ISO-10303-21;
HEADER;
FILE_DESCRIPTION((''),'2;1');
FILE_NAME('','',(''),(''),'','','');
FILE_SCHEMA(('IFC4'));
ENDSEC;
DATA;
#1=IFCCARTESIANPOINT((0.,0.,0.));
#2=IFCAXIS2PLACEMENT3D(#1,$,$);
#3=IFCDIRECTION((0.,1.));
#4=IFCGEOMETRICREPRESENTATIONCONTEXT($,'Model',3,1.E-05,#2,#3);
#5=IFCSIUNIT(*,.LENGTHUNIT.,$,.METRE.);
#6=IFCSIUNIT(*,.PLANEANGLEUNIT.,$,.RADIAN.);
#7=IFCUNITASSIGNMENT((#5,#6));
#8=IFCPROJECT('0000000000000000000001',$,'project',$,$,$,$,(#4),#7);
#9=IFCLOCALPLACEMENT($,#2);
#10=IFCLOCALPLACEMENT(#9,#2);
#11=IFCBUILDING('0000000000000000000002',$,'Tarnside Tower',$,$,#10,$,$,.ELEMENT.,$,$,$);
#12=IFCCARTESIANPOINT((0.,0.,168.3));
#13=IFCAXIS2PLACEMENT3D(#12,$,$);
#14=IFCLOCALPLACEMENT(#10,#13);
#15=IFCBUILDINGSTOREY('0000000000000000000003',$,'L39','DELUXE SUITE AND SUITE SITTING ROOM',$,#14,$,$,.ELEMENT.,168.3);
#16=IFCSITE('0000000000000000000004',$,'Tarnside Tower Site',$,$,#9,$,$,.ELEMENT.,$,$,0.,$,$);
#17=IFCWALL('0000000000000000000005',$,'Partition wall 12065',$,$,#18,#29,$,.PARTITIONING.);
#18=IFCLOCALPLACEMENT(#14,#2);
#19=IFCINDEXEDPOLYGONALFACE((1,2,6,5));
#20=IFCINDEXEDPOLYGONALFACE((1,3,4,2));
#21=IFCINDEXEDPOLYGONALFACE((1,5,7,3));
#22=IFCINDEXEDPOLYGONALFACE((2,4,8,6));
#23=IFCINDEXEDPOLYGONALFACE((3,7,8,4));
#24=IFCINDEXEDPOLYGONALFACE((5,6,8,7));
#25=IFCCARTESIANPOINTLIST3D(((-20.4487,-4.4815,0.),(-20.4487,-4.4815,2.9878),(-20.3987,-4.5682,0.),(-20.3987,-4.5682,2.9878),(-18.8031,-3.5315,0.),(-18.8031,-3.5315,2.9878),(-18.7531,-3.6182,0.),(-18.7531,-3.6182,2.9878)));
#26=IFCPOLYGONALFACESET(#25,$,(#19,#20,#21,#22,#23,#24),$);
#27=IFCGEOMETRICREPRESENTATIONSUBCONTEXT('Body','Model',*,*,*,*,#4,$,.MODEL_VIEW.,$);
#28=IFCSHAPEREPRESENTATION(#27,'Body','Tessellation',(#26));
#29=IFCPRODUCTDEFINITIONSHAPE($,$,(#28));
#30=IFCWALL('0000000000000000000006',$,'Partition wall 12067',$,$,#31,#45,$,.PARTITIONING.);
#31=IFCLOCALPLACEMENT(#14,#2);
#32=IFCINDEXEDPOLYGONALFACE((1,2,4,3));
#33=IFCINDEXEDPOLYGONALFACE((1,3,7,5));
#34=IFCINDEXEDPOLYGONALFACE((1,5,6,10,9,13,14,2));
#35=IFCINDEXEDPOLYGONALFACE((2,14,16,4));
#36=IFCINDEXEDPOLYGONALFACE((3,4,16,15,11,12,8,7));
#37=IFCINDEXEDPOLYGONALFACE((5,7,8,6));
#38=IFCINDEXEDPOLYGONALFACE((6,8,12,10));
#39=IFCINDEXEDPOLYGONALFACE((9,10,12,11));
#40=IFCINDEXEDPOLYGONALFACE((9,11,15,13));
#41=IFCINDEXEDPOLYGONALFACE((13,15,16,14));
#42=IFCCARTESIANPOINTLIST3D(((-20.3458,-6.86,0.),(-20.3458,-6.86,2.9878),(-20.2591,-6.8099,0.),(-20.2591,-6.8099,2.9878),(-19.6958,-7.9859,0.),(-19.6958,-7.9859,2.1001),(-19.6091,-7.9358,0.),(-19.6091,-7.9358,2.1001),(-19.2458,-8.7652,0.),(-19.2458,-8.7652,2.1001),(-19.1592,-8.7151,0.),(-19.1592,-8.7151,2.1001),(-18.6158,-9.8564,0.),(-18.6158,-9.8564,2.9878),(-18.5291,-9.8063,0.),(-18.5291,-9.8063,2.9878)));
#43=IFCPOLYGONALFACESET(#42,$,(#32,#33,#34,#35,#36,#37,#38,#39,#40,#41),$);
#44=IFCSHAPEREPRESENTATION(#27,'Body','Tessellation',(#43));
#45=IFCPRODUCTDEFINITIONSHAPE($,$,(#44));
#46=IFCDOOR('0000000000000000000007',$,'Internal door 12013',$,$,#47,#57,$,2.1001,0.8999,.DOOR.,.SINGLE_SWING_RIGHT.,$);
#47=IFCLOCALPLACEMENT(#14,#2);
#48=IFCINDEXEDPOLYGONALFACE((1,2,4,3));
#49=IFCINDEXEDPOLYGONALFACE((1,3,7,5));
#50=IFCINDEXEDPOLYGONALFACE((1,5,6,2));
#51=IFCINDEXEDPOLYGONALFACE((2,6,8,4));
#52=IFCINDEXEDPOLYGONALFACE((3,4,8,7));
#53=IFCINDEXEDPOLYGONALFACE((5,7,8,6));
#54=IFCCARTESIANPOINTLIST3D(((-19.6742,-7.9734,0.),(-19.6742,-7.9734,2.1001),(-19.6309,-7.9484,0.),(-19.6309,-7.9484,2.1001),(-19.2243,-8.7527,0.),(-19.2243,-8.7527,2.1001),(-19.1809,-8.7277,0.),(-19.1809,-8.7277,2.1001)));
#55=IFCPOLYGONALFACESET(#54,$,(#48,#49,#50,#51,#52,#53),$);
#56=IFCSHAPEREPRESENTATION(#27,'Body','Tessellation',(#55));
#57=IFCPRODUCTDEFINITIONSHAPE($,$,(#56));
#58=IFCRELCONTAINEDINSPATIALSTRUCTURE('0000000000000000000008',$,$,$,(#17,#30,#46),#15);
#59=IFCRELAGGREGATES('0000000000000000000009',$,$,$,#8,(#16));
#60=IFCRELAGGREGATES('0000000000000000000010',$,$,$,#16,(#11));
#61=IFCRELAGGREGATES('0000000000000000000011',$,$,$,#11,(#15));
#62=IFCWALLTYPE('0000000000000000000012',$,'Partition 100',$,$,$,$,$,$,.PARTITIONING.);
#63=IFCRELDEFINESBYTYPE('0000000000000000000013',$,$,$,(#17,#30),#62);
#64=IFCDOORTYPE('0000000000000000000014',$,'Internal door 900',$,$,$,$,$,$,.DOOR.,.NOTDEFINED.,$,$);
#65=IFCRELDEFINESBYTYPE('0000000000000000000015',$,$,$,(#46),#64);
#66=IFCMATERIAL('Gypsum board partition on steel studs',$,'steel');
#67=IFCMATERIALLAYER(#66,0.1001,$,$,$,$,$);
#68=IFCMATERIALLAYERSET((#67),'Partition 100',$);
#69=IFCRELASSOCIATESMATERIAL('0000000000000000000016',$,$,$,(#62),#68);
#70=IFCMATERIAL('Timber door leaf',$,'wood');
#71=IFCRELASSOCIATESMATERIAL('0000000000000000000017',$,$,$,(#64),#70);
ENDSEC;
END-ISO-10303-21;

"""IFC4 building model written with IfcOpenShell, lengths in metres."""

from ifc_helpers import new_model, si_unit, direction, frame, frame_2d, origin, place, context, subcontext, project, spatial, rectangle, extrude, material, layer, layer_set, type_object, element, fill, save


model = new_model("IFC4")

# Units and contexts
model_context = context("Model", 3, precision=1e-05, world=origin(), true_north=direction((0.0, 1.0)))
body_context = subcontext(model_context, "Body", "Model", "MODEL_VIEW")
ifc_project = project(units=[si_unit("LENGTHUNIT", "METRE"), si_unit("PLANEANGLEUNIT", "RADIAN")], contexts=[model_context])

# Site, building, storey
site_placement = place(None, origin())
site = spatial("IfcSite", under=ifc_project, at=site_placement, Name="Tarnside Tower Site", CompositionType="ELEMENT", RefElevation=0.0)
building_placement = place(site_placement, origin())
building = spatial("IfcBuilding", under=site, at=building_placement, Name="Tarnside Tower", CompositionType="ELEMENT")
storey_placement = place(building_placement, frame((0.0, 0.0, 168.3)))
storey = spatial("IfcBuildingStorey", under=building, at=storey_placement, Name="L39", Description="DELUXE SUITE AND SUITE SITTING ROOM", CompositionType="ELEMENT", Elevation=168.3)

# Shared definitions
ifc_material_1 = material(Name="Gypsum board partition on steel studs", Category="steel")

# Shared definitions
ifc_material_2 = material(Name="Timber door leaf", Category="wood")

# Shared definitions
ifc_layer_1 = layer(ifc_material_1, 0.1001)
ifc_layer_set_1 = layer_set([ifc_layer_1], Name="Partition 100")
wall_type_1 = type_object("IfcWallType", Name="Partition 100", PredefinedType="PARTITIONING", material=ifc_layer_set_1)
door_type_1 = type_object("IfcDoorType", Name="Internal door 900", OperationType="NOTDEFINED", PredefinedType="DOOR", material=ifc_material_2)

# Wall
wall_1_placement = place(storey_placement, frame((-20.4238, -4.5249, 0.0), z_axis=(0.0, 0.0, 1.0), x_axis=(0.866044, 0.499967, 0.0)))
element("IfcWall", 1, at=wall_1_placement, inside=storey, type_object=wall_type_1, Name="Partition wall 12065", PredefinedType="PARTITIONING", context=body_context, shape_type="SweptSolid", body=[
    extrude(rectangle(XDim=1.9001, YDim=0.1001, at=frame_2d((0.9502, 0.0))), origin(), (0.0, 0.0, 1.0), 2.9878),
])

# Wall, opening, door
wall_2_placement = place(storey_placement, frame((-20.3025, -6.835, 0.0), z_axis=(0.0, 0.0, 1.0), x_axis=(0.50001, -0.86602, 0.0)))
wall_2 = element("IfcWall", 2, at=wall_2_placement, inside=storey, type_object=wall_type_1, Name="Partition wall 12067", PredefinedType="PARTITIONING", context=body_context, shape_type="SweptSolid", body=[
    extrude(rectangle(XDim=3.46, YDim=0.1001, at=frame_2d((1.73, 0.0))), origin(), (0.0, 0.0, 1.0), 2.9878),
])
opening_1_placement = place(wall_2_placement, frame((1.3, 0.0, 0.0)))
opening_1 = element("IfcOpeningElement", 3, at=opening_1_placement, cuts=wall_2, PredefinedType="OPENING", context=body_context, shape_type="SweptSolid", body=[
    extrude(rectangle(XDim=0.8999, YDim=2.1001, at=frame_2d((0.45, 1.05))), frame((0.0, 0.0601, 0.0), z_axis=(0.0, -1.0, 0.0), x_axis=(1.0, 0.0, 0.0)), (0.0, 0.0, 1.0), 0.1201),
])
door_1_placement = place(opening_1_placement, origin())
door_1 = element("IfcDoor", 4, at=door_1_placement, inside=storey, type_object=door_type_1, Name="Internal door 12013", OperationType="SINGLE_SWING_RIGHT", OverallHeight=2.1001, OverallWidth=0.8999, PredefinedType="DOOR", context=body_context, shape_type="SweptSolid", body=[
    extrude(rectangle(XDim=0.8999, YDim=2.1001, at=frame_2d((0.45, 1.05))), frame((0.0, 0.0249, 0.0), z_axis=(0.0, -1.0, 0.0), x_axis=(1.0, 0.0, 0.0)), (0.0, 0.0, 1.0), 0.05),
])
fill(opening_1, door_1)

save(model, "model.ifc")
